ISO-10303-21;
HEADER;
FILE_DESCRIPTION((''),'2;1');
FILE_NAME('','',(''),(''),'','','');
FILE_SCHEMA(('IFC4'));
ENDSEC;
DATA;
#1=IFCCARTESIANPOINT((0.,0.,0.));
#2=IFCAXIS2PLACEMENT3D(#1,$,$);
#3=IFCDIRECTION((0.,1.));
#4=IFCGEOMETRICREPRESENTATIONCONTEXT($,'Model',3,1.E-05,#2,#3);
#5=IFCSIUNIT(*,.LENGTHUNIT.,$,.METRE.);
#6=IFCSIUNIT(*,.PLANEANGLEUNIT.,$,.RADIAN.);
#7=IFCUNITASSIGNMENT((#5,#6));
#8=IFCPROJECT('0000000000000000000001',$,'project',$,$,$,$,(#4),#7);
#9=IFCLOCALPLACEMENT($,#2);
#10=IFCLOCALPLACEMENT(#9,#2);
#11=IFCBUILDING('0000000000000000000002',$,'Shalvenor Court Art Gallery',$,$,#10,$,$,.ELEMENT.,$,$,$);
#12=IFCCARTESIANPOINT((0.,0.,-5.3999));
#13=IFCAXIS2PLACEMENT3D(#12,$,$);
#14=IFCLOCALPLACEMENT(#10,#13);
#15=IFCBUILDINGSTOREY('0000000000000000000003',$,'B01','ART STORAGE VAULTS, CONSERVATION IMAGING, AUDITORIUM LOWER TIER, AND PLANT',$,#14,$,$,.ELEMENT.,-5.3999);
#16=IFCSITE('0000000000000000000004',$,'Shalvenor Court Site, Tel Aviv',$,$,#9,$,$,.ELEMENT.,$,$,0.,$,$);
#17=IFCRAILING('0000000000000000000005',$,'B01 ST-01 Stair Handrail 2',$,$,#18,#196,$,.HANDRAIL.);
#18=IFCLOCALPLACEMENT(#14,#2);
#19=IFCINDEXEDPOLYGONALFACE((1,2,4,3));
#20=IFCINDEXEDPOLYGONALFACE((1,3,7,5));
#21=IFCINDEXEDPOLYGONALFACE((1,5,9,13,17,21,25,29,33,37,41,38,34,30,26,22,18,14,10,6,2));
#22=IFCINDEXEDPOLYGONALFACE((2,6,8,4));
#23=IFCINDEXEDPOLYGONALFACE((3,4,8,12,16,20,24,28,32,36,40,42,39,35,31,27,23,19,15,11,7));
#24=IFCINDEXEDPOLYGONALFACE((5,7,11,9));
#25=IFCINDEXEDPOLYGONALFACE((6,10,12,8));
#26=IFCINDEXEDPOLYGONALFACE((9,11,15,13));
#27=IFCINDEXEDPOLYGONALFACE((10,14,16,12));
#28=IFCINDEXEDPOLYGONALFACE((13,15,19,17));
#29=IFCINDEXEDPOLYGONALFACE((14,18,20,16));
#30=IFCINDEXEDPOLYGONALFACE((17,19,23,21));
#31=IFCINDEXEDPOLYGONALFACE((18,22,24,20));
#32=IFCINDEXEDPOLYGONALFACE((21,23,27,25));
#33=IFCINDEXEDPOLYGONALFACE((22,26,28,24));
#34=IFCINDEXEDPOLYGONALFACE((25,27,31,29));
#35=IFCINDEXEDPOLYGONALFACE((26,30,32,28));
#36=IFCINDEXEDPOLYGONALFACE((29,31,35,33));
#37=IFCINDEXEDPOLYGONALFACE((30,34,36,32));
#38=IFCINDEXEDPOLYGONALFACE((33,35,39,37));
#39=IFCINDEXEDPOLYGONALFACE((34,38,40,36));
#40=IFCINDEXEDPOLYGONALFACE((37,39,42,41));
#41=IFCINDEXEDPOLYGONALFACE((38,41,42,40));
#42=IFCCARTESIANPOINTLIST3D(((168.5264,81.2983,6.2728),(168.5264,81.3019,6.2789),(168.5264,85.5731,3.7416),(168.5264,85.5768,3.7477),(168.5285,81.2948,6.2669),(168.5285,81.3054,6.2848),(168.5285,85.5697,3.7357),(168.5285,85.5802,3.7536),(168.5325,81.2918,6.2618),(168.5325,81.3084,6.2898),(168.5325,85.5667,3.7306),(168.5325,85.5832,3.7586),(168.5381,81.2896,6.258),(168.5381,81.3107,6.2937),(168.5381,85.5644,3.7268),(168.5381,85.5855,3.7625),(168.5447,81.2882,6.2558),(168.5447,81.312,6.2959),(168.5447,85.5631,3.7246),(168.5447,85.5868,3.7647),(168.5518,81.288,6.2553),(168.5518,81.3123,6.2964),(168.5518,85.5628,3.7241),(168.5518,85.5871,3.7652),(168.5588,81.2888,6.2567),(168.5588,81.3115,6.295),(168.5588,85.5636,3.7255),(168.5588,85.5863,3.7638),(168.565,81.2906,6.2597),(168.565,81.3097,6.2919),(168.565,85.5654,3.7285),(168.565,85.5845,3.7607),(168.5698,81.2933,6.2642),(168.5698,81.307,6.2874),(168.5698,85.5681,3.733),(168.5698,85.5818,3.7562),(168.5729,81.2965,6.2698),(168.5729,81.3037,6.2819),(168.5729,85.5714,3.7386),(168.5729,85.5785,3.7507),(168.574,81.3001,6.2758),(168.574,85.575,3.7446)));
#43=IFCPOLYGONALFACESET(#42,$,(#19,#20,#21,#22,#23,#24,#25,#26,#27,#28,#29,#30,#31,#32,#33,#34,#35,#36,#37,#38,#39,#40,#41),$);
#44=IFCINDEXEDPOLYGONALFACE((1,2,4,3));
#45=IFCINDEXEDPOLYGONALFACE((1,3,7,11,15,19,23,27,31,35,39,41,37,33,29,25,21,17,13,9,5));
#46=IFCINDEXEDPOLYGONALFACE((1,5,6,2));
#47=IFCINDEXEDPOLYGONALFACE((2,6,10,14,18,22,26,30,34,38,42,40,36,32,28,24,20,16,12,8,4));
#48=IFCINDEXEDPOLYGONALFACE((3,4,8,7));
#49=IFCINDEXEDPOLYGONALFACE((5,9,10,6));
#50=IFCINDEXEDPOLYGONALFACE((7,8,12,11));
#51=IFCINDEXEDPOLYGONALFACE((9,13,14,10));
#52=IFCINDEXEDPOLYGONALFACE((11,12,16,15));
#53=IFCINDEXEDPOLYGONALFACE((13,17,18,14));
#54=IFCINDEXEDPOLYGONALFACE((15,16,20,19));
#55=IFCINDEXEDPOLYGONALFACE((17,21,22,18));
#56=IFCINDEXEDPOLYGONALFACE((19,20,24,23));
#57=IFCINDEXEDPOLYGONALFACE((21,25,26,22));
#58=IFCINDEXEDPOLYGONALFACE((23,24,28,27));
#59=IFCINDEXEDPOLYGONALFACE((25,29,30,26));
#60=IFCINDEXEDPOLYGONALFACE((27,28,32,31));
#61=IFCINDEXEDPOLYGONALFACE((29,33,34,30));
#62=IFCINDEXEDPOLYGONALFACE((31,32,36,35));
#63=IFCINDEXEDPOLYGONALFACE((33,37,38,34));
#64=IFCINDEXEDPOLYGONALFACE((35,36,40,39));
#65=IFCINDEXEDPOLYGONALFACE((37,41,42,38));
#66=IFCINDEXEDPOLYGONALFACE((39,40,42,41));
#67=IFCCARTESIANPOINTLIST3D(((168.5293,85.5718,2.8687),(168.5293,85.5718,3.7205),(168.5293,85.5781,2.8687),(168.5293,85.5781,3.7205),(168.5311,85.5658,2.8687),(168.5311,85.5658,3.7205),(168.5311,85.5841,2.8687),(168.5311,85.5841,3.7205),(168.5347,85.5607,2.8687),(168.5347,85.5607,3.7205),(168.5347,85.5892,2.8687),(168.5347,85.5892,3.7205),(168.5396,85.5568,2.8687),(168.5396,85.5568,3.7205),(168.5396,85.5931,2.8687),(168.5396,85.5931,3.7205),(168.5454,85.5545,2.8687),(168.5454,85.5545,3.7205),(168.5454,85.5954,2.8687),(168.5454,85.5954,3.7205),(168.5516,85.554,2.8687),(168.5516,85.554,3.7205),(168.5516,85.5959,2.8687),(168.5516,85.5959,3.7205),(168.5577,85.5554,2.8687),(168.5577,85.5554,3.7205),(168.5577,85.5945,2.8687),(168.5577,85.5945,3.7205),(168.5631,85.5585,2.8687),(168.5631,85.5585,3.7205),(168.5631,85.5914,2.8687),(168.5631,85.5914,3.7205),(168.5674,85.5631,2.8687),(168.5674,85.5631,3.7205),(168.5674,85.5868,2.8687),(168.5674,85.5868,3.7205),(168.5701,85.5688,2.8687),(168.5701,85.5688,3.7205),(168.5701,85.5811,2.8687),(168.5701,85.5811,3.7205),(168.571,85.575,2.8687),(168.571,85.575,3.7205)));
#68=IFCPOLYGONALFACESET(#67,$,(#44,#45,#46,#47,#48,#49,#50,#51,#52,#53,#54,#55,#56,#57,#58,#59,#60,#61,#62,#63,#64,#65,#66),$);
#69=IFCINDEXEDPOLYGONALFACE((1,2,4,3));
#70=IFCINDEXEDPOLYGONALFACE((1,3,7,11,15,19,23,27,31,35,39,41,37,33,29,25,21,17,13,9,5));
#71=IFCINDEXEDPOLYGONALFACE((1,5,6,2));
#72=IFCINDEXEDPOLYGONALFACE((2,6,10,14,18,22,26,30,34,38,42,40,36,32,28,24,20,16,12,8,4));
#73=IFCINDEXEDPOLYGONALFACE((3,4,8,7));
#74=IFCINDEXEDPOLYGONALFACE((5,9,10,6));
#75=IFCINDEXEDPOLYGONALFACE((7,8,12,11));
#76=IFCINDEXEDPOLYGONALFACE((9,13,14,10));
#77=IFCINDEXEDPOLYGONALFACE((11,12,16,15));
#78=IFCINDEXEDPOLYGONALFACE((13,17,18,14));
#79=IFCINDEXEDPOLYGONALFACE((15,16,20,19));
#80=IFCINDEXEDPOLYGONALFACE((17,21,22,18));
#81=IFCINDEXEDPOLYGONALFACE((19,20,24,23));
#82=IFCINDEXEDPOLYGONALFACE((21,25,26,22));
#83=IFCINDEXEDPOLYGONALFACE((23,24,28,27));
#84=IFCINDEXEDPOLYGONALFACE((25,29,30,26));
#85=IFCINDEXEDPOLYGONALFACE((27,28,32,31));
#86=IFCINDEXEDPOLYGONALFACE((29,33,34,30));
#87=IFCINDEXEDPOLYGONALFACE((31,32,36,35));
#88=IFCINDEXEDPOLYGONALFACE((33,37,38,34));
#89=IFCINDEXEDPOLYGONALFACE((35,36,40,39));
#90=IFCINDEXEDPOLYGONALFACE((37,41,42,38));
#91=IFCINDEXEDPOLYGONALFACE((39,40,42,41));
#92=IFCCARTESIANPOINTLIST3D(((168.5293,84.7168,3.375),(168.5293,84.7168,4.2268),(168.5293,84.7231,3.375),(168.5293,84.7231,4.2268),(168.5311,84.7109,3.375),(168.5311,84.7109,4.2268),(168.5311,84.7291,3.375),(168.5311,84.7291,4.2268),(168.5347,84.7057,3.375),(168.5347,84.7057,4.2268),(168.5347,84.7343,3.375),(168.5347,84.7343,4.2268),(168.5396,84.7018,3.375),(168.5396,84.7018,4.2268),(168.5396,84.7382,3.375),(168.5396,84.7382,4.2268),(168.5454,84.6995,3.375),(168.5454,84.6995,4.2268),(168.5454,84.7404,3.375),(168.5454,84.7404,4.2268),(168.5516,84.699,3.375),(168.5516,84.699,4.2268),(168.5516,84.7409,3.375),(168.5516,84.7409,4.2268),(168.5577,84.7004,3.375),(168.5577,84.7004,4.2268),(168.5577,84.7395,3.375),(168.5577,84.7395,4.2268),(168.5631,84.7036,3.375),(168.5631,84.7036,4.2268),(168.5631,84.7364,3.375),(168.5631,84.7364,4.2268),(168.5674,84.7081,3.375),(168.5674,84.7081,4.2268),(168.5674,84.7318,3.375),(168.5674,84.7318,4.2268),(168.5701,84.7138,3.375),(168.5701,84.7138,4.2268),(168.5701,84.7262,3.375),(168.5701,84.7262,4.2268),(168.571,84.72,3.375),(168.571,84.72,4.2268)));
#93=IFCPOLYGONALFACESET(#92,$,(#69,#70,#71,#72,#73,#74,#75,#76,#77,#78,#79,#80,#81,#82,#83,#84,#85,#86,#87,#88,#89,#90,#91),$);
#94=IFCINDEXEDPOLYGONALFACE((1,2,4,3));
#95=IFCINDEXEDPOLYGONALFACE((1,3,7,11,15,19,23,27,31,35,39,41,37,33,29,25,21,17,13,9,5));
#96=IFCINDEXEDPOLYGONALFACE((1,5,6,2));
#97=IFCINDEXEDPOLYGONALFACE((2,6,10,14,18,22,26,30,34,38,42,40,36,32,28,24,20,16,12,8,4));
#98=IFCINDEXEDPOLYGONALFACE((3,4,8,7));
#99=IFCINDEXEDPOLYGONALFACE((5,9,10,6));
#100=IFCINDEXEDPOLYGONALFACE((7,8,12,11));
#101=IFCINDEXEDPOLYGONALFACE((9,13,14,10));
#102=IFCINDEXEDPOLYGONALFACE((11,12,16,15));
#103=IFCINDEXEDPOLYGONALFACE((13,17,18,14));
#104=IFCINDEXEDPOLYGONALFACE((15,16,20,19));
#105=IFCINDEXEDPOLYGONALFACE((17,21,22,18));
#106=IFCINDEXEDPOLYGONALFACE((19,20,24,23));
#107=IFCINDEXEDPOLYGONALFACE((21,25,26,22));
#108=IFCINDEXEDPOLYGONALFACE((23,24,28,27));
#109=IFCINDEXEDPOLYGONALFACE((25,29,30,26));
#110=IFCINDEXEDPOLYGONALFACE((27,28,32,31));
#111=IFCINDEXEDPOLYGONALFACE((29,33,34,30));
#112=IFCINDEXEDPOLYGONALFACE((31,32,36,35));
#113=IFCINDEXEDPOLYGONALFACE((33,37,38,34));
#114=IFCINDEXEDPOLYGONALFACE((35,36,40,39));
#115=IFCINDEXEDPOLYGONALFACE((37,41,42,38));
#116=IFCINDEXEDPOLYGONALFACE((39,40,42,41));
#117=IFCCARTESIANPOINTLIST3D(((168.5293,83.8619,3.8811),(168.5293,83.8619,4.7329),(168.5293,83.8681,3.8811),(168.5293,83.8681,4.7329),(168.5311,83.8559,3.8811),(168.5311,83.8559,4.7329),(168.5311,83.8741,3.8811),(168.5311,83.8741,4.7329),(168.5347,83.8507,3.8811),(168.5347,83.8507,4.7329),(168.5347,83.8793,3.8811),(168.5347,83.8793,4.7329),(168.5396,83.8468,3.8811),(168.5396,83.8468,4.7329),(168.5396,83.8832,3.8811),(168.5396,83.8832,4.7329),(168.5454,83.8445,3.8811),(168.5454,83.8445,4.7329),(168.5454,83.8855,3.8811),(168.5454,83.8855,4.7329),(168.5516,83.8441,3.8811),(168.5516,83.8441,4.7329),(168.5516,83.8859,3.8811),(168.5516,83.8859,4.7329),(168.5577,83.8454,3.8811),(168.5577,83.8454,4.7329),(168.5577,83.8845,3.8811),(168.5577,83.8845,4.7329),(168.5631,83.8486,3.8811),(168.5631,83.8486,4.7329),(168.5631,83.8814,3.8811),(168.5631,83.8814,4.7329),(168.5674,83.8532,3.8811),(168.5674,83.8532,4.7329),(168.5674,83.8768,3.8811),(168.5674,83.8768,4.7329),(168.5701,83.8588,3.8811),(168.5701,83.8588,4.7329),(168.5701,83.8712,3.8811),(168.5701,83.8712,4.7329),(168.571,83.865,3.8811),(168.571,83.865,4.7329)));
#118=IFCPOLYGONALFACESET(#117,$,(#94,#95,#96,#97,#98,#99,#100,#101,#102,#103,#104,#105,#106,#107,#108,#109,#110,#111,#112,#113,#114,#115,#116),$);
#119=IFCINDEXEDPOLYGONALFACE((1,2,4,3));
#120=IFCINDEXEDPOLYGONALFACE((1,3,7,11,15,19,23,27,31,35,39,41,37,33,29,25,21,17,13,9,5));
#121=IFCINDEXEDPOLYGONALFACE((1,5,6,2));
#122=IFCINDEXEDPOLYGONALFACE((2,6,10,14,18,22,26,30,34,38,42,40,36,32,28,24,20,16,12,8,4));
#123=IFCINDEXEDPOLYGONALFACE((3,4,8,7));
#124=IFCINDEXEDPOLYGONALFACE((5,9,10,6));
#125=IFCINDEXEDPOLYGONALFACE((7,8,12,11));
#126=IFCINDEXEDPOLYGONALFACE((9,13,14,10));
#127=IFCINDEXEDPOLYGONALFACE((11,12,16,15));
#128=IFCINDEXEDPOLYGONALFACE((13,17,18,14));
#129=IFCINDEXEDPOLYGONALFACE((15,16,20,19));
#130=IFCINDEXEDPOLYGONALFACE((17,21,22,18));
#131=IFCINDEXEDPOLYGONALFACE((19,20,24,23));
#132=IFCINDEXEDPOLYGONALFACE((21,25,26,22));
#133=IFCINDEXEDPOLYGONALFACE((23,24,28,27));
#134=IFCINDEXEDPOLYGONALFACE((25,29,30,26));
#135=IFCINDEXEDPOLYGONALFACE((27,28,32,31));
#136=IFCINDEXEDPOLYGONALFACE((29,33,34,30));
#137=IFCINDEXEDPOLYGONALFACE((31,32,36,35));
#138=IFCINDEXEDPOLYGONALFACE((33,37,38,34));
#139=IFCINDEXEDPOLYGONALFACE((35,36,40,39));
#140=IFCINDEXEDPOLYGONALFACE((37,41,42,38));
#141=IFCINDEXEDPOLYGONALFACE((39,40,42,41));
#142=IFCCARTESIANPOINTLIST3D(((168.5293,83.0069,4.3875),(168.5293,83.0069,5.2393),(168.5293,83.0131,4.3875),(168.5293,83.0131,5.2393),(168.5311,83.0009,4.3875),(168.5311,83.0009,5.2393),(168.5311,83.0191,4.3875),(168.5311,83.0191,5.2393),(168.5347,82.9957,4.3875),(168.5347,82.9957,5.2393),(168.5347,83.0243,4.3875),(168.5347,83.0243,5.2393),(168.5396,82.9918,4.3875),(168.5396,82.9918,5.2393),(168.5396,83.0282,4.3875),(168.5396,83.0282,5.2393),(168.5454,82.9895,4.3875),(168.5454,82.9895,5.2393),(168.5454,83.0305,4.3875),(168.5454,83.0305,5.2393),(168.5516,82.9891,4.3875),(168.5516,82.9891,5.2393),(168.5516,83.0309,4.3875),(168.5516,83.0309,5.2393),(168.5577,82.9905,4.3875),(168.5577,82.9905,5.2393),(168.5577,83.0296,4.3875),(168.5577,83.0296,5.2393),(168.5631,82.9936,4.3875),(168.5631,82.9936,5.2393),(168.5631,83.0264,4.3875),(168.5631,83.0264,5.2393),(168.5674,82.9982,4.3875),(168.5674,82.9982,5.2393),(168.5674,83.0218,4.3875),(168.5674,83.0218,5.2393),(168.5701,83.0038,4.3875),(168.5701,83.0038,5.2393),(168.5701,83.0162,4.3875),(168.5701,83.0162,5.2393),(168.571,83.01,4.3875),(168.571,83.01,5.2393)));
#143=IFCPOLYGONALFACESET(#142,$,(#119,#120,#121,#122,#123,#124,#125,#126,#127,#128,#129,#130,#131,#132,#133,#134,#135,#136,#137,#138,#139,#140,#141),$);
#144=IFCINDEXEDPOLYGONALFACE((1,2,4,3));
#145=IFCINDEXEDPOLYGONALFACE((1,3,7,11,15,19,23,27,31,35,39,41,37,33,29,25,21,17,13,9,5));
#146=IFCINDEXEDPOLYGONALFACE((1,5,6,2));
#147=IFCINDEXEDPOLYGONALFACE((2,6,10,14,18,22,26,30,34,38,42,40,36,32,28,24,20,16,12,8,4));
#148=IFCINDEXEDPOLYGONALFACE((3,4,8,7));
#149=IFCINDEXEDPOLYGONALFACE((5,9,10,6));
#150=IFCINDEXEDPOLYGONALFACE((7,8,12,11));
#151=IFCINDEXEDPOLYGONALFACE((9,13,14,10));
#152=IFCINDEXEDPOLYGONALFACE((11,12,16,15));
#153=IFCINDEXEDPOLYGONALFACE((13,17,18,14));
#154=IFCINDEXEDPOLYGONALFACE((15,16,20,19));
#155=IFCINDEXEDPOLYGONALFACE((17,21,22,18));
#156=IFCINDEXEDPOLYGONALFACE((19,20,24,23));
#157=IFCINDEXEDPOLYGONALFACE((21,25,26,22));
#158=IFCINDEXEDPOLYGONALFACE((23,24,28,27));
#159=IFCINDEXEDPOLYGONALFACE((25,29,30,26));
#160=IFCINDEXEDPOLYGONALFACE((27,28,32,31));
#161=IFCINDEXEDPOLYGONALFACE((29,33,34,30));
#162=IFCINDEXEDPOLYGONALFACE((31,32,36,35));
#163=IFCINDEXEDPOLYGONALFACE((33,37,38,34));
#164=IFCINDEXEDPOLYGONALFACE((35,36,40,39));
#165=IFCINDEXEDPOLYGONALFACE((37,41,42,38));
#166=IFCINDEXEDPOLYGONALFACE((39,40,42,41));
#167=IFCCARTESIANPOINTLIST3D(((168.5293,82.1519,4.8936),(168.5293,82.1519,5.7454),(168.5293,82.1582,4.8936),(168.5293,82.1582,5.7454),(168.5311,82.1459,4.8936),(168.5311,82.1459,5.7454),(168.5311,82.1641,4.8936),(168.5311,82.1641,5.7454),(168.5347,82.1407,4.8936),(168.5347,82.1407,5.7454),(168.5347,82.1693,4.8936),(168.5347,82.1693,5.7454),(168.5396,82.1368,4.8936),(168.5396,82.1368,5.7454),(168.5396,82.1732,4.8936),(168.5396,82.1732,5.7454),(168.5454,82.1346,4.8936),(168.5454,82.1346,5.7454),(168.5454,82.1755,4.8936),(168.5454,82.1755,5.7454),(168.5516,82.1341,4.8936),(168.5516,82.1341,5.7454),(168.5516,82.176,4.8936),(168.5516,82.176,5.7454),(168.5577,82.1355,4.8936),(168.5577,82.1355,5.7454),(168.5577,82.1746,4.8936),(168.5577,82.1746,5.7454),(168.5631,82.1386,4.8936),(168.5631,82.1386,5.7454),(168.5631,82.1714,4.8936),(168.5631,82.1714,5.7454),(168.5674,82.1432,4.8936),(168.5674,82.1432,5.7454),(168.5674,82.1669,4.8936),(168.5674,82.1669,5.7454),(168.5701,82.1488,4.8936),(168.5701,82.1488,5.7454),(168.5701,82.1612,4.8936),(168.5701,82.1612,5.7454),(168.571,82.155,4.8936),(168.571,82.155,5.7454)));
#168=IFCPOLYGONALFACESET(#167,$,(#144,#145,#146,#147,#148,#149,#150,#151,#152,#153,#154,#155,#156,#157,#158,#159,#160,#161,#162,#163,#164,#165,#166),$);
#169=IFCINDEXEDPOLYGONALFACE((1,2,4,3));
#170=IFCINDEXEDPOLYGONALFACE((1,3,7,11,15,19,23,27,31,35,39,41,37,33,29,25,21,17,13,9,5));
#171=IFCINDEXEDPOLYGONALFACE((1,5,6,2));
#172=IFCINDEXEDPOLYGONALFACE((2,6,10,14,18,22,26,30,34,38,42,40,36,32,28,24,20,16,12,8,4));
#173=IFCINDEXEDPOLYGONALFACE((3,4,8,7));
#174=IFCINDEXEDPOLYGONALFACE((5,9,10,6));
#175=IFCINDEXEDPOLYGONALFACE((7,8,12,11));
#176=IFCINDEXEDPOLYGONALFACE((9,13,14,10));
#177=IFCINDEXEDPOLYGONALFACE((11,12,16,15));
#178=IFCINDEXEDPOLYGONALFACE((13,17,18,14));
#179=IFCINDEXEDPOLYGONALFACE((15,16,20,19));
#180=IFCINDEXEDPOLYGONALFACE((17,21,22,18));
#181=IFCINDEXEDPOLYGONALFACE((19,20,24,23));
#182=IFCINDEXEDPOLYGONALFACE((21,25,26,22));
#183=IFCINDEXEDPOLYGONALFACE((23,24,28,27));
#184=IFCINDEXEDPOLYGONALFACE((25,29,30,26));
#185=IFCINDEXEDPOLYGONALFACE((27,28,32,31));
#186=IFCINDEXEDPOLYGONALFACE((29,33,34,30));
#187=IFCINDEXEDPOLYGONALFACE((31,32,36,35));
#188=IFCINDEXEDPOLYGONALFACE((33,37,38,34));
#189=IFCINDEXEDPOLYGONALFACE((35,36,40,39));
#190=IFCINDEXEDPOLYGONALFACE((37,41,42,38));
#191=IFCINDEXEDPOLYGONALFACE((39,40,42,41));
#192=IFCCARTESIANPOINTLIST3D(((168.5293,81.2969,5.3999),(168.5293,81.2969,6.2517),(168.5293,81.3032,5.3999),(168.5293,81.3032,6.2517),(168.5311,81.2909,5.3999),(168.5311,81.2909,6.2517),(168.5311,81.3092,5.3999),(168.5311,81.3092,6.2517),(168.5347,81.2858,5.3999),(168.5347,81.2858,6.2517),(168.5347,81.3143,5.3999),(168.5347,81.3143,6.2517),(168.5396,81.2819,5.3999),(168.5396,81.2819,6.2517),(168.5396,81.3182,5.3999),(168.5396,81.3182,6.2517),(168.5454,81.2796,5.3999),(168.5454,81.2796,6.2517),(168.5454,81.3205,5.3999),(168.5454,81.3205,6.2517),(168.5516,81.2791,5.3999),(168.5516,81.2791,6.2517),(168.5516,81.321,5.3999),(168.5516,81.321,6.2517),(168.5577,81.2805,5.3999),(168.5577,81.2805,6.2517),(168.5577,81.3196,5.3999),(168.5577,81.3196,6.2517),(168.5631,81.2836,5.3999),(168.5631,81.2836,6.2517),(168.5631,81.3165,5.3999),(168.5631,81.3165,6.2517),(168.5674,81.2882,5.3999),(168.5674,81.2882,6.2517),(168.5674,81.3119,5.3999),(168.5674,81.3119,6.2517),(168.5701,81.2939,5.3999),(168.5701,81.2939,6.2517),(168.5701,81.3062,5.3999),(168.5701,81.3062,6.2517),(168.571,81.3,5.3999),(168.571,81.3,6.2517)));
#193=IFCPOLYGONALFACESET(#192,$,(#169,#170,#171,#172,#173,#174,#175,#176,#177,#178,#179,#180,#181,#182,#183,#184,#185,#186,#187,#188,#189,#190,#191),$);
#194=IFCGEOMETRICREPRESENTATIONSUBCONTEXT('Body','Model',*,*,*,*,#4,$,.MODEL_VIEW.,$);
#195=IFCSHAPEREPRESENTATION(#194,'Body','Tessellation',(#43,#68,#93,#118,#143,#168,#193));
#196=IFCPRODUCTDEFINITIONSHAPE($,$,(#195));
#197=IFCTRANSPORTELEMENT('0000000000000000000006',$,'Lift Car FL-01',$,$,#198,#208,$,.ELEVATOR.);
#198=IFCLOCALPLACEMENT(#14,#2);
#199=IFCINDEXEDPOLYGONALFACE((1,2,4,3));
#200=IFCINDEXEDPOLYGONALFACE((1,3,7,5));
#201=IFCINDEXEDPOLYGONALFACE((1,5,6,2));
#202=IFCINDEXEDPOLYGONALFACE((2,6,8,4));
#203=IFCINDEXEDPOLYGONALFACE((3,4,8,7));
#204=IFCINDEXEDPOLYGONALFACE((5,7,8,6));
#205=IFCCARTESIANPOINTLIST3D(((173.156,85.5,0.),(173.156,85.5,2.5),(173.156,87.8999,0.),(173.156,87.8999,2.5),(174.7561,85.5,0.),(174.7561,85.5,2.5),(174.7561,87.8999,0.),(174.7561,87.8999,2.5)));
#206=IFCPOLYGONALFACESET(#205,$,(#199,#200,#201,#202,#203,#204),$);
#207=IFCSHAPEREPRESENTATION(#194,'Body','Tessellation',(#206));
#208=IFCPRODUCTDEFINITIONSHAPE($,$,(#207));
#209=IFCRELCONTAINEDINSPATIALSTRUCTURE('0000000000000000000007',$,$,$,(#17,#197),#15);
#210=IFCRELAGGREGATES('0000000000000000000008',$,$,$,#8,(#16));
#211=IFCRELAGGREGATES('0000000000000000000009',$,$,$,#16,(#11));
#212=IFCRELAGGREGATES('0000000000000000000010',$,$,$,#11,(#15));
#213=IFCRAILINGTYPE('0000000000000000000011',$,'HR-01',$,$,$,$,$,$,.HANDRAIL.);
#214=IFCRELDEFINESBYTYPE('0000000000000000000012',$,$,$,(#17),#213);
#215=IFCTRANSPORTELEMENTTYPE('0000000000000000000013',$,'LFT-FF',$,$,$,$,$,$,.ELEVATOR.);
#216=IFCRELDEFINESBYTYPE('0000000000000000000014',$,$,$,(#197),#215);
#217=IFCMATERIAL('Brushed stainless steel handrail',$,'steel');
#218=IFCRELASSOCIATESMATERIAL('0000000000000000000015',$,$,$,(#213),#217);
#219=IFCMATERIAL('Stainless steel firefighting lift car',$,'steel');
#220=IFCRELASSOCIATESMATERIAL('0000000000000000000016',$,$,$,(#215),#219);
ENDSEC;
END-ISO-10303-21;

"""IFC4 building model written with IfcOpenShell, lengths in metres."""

from ifc_helpers import new_model, si_unit, direction, frame, origin, origin_2d, place, context, subcontext, project, spatial, rectangle, circle, extrude, material, type_object, element, save


model = new_model("IFC4")

# Units and contexts
model_context = context("Model", 3, precision=1e-05, world=origin(), true_north=direction((0.0, 1.0)))
body_context = subcontext(model_context, "Body", "Model", "MODEL_VIEW")
ifc_project = project(units=[si_unit("LENGTHUNIT", "METRE"), si_unit("PLANEANGLEUNIT", "RADIAN")], contexts=[model_context])

# Site, building, storey
site_placement = place(None, origin())
site = spatial("IfcSite", under=ifc_project, at=site_placement, Name="Shalvenor Court Site, Tel Aviv", CompositionType="ELEMENT", RefElevation=0.0)
building_placement = place(site_placement, origin())
building = spatial("IfcBuilding", under=site, at=building_placement, Name="Shalvenor Court Art Gallery", CompositionType="ELEMENT")
storey_placement = place(building_placement, frame((0.0, 0.0, -5.3999)))
storey = spatial("IfcBuildingStorey", under=building, at=storey_placement, Name="B01", Description="ART STORAGE VAULTS, CONSERVATION IMAGING, AUDITORIUM LOWER TIER, AND PLANT", CompositionType="ELEMENT", Elevation=-5.3999)

# Railing
ifc_material_1 = material(Name="Brushed stainless steel handrail", Category="steel")
railing_type_1 = type_object("IfcRailingType", Name="HR-01", PredefinedType="HANDRAIL", material=ifc_material_1)
railing_1_placement = place(storey_placement, frame((168.55, 85.575, 2.8687)))
element("IfcRailing", 1, at=railing_1_placement, inside=storey, type_object=railing_type_1, Name="B01 ST-01 Stair Handrail 2", PredefinedType="HANDRAIL", context=body_context, shape_type="SweptSolid", body=[
    extrude(circle(Radius=0.0239, at=origin_2d()), frame((0.0, 0.0, 0.876), z_axis=(0.0, -0.86047, 0.509501), x_axis=(1.0, 0.0, 0.0)), (0.0, 0.0, 1.0), 4.968),
    extrude(circle(Radius=0.021, at=origin_2d()), origin(), (0.0, 0.0, 1.0), 0.8518),
    extrude(circle(Radius=0.021, at=origin_2d()), frame((0.0, -0.855, 0.5063)), (0.0, 0.0, 1.0), 0.8518),
    extrude(circle(Radius=0.021, at=origin_2d()), frame((0.0, -1.71, 1.0125)), (0.0, 0.0, 1.0), 0.8518),
    extrude(circle(Radius=0.021, at=origin_2d()), frame((0.0, -2.5649, 1.5188)), (0.0, 0.0, 1.0), 0.8518),
    extrude(circle(Radius=0.021, at=origin_2d()), frame((0.0, -3.4199, 2.0249)), (0.0, 0.0, 1.0), 0.8518),
    extrude(circle(Radius=0.021, at=origin_2d()), frame((0.0, -4.2749, 2.5312)), (0.0, 0.0, 1.0), 0.8518),
])

# Transport element
ifc_material_2 = material(Name="Stainless steel firefighting lift car", Category="steel")
transport_element_type = type_object("IfcTransportElementType", Name="LFT-FF", PredefinedType="ELEVATOR", material=ifc_material_2)
transport_element_placement = place(storey_placement, frame((173.9561, 86.7, 0.0), z_axis=(0.0, 0.0, 1.0), x_axis=(1.0, 0.0, 0.0)))
element("IfcTransportElement", 2, at=transport_element_placement, inside=storey, type_object=transport_element_type, Name="Lift Car FL-01", PredefinedType="ELEVATOR", context=body_context, shape_type="SweptSolid", body=[
    extrude(rectangle(XDim=1.6001, YDim=2.3999, at=origin_2d()), origin(), (0.0, 0.0, 1.0), 2.5),
])

save(model, "model.ifc")
